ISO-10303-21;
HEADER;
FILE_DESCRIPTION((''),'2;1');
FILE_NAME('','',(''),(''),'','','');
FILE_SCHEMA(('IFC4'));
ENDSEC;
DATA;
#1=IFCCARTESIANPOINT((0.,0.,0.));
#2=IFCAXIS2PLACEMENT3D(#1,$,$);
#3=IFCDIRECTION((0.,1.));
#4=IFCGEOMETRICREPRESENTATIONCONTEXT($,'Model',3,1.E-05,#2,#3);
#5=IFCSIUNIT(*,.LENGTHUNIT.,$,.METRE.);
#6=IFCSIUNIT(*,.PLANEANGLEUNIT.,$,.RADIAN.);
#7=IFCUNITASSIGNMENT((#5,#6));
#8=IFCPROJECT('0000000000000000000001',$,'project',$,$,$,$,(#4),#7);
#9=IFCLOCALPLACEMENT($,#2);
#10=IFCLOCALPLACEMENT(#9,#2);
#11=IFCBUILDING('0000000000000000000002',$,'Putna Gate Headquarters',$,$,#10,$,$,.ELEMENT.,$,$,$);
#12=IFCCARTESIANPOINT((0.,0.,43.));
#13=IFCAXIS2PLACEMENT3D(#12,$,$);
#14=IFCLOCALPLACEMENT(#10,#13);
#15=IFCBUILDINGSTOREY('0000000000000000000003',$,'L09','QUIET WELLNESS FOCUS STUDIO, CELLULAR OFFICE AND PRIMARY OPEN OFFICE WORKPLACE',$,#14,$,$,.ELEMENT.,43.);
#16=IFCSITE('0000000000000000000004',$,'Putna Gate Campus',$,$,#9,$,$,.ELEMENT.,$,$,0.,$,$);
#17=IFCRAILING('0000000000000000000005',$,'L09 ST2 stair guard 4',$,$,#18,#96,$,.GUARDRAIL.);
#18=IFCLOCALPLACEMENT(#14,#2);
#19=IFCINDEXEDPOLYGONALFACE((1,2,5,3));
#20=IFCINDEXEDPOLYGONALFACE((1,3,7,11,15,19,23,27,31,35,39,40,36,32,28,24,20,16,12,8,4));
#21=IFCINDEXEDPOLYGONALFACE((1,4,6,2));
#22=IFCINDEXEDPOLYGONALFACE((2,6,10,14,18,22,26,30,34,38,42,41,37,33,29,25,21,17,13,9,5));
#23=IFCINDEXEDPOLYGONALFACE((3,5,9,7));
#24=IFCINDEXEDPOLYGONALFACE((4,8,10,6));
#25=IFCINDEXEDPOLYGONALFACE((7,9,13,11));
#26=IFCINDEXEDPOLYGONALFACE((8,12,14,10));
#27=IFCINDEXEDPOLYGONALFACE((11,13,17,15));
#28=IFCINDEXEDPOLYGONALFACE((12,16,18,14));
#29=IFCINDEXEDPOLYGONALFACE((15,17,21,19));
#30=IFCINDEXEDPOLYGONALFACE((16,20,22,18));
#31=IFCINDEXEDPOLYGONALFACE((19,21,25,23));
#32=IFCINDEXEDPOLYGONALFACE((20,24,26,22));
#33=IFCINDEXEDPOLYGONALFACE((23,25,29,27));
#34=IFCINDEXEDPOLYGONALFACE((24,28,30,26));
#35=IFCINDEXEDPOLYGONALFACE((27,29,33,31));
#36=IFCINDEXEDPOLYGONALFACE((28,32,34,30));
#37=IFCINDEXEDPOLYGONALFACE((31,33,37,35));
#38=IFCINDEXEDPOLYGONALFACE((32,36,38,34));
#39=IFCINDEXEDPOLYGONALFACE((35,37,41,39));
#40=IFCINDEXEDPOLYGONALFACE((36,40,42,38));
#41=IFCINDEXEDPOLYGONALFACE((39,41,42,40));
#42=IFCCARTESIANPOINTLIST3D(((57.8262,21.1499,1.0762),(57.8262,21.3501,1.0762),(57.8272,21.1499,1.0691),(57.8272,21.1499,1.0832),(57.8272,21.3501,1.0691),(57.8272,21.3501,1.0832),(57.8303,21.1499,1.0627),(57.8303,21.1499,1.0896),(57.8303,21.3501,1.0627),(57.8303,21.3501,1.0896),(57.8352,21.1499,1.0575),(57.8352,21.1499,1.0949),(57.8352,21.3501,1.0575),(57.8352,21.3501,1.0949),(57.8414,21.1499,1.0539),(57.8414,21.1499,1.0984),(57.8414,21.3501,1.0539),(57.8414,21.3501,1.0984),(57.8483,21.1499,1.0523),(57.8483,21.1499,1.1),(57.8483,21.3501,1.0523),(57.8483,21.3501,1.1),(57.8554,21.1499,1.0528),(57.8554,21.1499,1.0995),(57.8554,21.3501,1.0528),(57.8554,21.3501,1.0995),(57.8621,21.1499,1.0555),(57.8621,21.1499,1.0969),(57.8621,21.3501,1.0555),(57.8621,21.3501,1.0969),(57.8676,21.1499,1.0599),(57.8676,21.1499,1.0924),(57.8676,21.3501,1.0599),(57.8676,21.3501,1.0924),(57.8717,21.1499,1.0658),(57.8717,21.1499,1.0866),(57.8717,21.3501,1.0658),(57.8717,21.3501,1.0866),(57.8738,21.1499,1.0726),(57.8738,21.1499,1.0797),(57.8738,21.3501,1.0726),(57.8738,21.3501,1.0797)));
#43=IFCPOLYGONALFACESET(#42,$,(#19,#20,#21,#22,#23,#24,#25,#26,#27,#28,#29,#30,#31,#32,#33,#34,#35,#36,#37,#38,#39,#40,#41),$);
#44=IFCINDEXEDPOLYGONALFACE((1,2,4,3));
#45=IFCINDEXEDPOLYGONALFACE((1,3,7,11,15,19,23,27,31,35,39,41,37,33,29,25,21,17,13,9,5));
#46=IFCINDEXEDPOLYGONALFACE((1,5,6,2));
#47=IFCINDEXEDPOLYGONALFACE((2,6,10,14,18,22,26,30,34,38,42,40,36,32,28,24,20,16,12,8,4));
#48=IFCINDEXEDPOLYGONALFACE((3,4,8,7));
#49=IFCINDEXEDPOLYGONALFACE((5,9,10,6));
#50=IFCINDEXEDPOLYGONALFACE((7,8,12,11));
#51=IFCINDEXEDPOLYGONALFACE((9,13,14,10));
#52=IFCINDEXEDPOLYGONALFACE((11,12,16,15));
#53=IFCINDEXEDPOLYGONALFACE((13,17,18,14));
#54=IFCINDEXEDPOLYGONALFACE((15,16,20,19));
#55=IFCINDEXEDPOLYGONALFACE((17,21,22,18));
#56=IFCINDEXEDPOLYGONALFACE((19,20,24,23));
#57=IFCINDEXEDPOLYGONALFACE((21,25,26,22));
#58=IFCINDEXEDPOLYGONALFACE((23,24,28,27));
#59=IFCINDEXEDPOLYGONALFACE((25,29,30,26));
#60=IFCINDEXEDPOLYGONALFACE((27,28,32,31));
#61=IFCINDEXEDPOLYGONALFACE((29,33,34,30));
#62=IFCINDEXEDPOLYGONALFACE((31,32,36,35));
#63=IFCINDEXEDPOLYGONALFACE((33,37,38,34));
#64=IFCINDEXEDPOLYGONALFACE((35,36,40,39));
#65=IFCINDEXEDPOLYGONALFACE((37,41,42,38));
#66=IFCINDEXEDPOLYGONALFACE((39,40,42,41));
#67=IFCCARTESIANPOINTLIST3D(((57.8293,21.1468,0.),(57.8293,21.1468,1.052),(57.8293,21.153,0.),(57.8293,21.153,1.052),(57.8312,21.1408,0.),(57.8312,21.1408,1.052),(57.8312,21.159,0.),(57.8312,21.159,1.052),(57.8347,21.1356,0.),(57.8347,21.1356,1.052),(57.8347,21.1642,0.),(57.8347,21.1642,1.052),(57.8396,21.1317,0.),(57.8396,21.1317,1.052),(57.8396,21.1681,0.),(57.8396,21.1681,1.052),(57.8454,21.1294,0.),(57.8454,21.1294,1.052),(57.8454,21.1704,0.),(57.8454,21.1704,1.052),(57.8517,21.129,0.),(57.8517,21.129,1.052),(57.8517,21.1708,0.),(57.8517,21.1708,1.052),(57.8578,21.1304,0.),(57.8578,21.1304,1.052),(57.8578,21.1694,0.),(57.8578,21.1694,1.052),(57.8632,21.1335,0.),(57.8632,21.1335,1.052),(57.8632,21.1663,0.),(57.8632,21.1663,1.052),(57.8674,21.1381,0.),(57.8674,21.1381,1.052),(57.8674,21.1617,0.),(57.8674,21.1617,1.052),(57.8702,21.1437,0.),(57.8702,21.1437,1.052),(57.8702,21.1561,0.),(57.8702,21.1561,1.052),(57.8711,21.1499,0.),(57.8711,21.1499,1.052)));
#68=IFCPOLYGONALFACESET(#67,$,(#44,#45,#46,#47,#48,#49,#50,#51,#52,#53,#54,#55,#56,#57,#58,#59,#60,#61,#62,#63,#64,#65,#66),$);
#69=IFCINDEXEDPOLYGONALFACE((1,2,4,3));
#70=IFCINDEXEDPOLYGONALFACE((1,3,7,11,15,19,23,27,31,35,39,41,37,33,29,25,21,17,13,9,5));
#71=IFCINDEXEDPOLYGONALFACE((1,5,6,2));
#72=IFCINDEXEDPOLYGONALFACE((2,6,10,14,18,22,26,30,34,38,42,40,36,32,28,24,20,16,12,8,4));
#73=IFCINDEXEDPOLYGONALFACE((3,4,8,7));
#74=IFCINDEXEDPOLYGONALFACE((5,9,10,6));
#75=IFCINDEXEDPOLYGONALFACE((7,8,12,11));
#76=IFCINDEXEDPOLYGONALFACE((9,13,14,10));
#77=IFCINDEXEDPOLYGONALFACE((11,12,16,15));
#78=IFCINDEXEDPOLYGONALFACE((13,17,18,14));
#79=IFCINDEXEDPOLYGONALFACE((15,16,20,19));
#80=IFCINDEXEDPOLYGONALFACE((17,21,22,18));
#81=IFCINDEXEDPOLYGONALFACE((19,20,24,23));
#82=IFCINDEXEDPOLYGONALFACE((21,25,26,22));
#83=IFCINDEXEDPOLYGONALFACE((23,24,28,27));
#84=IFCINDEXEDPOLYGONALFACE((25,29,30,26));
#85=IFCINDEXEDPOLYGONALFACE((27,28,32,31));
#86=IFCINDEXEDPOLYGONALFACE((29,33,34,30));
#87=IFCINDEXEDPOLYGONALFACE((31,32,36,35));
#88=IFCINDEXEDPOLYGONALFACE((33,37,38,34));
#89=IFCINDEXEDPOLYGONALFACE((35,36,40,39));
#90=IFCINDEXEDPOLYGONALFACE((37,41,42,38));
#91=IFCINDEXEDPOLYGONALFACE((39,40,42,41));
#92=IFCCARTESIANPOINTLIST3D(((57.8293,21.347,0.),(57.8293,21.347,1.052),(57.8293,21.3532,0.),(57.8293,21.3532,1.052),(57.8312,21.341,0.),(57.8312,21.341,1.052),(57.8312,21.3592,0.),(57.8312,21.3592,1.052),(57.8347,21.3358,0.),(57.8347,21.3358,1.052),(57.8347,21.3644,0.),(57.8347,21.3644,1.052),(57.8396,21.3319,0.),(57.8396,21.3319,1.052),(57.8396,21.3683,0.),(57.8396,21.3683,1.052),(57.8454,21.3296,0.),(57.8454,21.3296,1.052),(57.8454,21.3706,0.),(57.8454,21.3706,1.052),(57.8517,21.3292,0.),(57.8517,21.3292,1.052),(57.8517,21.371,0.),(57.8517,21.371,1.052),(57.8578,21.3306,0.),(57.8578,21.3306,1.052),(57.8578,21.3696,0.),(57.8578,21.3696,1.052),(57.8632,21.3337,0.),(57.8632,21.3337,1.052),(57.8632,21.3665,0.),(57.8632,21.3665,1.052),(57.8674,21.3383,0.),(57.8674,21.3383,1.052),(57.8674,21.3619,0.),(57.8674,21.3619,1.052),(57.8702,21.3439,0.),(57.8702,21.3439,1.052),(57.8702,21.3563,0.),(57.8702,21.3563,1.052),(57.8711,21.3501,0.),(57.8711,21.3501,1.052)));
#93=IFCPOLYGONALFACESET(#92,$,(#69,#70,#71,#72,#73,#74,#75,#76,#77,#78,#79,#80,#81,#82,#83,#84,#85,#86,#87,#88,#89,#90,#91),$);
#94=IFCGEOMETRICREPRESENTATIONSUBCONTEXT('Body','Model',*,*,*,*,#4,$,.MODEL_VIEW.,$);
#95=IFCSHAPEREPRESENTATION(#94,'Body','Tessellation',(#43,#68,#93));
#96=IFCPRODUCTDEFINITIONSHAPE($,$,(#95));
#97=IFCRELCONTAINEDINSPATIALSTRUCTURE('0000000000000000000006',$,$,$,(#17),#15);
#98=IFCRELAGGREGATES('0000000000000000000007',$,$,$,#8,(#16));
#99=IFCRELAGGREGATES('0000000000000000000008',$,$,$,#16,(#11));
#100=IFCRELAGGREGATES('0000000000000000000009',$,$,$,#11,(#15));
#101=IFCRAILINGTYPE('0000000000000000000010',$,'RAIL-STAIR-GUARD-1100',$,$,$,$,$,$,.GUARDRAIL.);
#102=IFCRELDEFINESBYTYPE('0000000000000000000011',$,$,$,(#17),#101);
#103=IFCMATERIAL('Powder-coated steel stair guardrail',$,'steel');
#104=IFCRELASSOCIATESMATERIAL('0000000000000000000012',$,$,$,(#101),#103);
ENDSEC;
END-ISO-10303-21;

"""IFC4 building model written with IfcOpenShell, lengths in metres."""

from ifc_helpers import new_model, si_unit, direction, frame, origin, origin_2d, place, context, subcontext, project, spatial, circle, extrude, material, type_object, element, save


model = new_model("IFC4")

# Units and contexts
model_context = context("Model", 3, precision=1e-05, world=origin(), true_north=direction((0.0, 1.0)))
body_context = subcontext(model_context, "Body", "Model", "MODEL_VIEW")
ifc_project = project(units=[si_unit("LENGTHUNIT", "METRE"), si_unit("PLANEANGLEUNIT", "RADIAN")], contexts=[model_context])

# Site, building, storey
site_placement = place(None, origin())
site = spatial("IfcSite", under=ifc_project, at=site_placement, Name="Putna Gate Campus", CompositionType="ELEMENT", RefElevation=0.0)
building_placement = place(site_placement, origin())
building = spatial("IfcBuilding", under=site, at=building_placement, Name="Putna Gate Headquarters", CompositionType="ELEMENT")
storey_placement = place(building_placement, frame((0.0, 0.0, 43.0)))
storey = spatial("IfcBuildingStorey", under=building, at=storey_placement, Name="L09", Description="QUIET WELLNESS FOCUS STUDIO, CELLULAR OFFICE AND PRIMARY OPEN OFFICE WORKPLACE", CompositionType="ELEMENT", Elevation=43.0)

# Railing
ifc_material_1 = material(Name="Powder-coated steel stair guardrail", Category="steel")
railing_type_1 = type_object("IfcRailingType", Name="RAIL-STAIR-GUARD-1100", PredefinedType="GUARDRAIL", material=ifc_material_1)
railing_1_placement = place(storey_placement, frame((57.8501, 21.1499, 0.0)))
element("IfcRailing", 1, at=railing_1_placement, inside=storey, type_object=railing_type_1, Name="L09 ST2 stair guard 4", PredefinedType="GUARDRAIL", context=body_context, shape_type="SweptSolid", body=[
    extrude(circle(Radius=0.0239, at=origin_2d()), frame((0.0, 0.0, 1.0762), z_axis=(0.0, 1.0, 0.0), x_axis=(-1.0, 0.0, 0.0)), (0.0, 0.0, 1.0), 0.2002),
    extrude(circle(Radius=0.021, at=origin_2d()), origin(), (0.0, 0.0, 1.0), 1.052),
    extrude(circle(Radius=0.021, at=origin_2d()), frame((0.0, 0.2002, 0.0)), (0.0, 0.0, 1.0), 1.052),
])

save(model, "model.ifc")
